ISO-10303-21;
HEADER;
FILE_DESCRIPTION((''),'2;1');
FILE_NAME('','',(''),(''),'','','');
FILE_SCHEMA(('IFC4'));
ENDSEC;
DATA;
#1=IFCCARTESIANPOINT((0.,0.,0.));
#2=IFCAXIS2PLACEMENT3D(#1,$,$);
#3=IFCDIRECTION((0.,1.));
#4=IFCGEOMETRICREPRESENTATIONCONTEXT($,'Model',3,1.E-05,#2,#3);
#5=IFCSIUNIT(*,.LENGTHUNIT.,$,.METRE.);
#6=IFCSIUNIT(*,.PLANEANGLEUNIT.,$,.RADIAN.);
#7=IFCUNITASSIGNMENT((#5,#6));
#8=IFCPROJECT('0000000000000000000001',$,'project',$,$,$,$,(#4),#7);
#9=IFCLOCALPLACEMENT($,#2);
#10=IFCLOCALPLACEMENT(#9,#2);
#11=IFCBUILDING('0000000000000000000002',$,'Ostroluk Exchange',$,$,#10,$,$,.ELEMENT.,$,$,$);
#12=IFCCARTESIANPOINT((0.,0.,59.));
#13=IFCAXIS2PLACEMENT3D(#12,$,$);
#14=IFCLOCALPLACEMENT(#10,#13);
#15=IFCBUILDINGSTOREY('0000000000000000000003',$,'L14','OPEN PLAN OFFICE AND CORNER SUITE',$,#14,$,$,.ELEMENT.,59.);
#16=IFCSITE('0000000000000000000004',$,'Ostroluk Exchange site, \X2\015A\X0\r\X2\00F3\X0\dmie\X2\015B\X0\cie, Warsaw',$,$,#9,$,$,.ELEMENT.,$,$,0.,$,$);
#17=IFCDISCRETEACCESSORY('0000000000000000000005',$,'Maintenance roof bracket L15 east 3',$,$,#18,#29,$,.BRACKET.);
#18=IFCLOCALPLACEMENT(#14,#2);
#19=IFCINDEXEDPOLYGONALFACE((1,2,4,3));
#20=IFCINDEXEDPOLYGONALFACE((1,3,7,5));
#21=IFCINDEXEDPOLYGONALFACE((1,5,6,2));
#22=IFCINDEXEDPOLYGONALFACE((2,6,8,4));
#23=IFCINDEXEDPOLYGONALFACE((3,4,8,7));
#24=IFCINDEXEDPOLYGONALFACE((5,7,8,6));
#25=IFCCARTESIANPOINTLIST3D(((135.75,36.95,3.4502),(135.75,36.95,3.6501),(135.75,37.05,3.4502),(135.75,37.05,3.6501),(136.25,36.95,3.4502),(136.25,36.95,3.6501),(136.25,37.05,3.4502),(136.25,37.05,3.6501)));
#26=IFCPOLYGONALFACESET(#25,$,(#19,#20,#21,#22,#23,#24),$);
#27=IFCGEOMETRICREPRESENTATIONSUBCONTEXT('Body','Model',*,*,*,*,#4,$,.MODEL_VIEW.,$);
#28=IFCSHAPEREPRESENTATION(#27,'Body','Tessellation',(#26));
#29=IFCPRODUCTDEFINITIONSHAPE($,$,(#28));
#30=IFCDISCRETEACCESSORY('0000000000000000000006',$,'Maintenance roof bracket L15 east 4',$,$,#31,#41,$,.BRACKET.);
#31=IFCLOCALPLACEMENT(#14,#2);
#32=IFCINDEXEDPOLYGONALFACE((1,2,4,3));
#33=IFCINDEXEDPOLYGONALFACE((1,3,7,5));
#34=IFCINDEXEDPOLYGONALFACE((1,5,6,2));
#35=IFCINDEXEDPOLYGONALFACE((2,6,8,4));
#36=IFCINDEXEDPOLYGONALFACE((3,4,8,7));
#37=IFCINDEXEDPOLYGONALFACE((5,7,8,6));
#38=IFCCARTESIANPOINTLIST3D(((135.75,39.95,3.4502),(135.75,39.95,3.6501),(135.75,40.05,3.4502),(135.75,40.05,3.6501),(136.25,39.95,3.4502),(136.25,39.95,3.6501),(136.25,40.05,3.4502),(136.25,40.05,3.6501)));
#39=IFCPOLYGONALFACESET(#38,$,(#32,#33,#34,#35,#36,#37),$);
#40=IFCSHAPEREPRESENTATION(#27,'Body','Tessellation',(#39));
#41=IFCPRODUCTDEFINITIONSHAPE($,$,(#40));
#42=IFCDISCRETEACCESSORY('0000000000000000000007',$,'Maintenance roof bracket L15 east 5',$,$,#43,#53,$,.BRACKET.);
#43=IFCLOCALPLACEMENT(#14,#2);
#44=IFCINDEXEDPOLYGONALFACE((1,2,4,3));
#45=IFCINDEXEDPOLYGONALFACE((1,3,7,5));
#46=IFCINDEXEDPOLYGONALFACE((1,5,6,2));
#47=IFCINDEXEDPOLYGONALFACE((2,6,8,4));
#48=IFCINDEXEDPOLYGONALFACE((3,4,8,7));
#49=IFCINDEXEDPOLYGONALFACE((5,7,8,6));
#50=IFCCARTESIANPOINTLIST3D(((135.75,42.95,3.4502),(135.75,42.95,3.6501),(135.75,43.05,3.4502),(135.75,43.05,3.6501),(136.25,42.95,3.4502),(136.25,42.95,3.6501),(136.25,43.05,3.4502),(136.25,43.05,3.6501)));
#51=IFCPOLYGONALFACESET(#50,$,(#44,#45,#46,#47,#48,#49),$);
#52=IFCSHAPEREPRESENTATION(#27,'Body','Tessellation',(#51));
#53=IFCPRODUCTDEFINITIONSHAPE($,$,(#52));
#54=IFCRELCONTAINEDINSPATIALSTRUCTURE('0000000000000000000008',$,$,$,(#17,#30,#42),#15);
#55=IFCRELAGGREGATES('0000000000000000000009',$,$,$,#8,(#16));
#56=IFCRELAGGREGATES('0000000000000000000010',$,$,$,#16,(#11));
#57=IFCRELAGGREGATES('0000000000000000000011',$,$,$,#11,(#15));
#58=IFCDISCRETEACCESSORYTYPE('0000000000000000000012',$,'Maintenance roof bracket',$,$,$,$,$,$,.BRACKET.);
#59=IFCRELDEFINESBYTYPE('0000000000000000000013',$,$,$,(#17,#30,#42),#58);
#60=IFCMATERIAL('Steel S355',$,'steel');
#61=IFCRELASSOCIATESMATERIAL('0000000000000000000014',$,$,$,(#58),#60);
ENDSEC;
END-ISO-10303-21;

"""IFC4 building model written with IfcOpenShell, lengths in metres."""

from ifc_helpers import new_model, si_unit, direction, frame, origin, origin_2d, place, context, subcontext, project, spatial, rectangle, extrude, material, type_object, element, save


model = new_model("IFC4")

# Units and contexts
model_context = context("Model", 3, precision=1e-05, world=origin(), true_north=direction((0.0, 1.0)))
body_context = subcontext(model_context, "Body", "Model", "MODEL_VIEW")
ifc_project = project(units=[si_unit("LENGTHUNIT", "METRE"), si_unit("PLANEANGLEUNIT", "RADIAN")], contexts=[model_context])

# Site, building, storey
site_placement = place(None, origin())
site = spatial("IfcSite", under=ifc_project, at=site_placement, Name="Ostroluk Exchange site, Śródmieście, Warsaw", CompositionType="ELEMENT", RefElevation=0.0)
building_placement = place(site_placement, origin())
building = spatial("IfcBuilding", under=site, at=building_placement, Name="Ostroluk Exchange", CompositionType="ELEMENT")
storey_placement = place(building_placement, frame((0.0, 0.0, 59.0)))
storey = spatial("IfcBuildingStorey", under=building, at=storey_placement, Name="L14", Description="OPEN PLAN OFFICE AND CORNER SUITE", CompositionType="ELEMENT", Elevation=59.0)

# Discrete accessories
ifc_material_1 = material(Name="Steel S355", Category="steel")
discrete_accessory_type = type_object("IfcDiscreteAccessoryType", Name="Maintenance roof bracket", PredefinedType="BRACKET", material=ifc_material_1)
for number, where, z_axis, x_axis, name in (
    (1, (136.0, 37.0, 3.4502), (0.0, 0.0, 1.0), (1.0, 0.0, 0.0), "Maintenance roof bracket L15 east 3"),
    (2, (136.0, 40.0, 3.4502), (0.0, 0.0, 1.0), (1.0, 0.0, 0.0), "Maintenance roof bracket L15 east 4"),
    (3, (136.0, 43.0, 3.4502), (0.0, 0.0, 1.0), (1.0, 0.0, 0.0), "Maintenance roof bracket L15 east 5"),
):
    element("IfcDiscreteAccessory", number, at=place(storey_placement, frame(where, z_axis=z_axis, x_axis=x_axis)), inside=storey, type_object=discrete_accessory_type, Name=name, PredefinedType="BRACKET", context=body_context, shape_type="SweptSolid", body=[
        extrude(rectangle(XDim=0.5, YDim=0.1001, at=origin_2d()), origin(), (0.0, 0.0, 1.0), 0.2),
    ])

save(model, "model.ifc")
